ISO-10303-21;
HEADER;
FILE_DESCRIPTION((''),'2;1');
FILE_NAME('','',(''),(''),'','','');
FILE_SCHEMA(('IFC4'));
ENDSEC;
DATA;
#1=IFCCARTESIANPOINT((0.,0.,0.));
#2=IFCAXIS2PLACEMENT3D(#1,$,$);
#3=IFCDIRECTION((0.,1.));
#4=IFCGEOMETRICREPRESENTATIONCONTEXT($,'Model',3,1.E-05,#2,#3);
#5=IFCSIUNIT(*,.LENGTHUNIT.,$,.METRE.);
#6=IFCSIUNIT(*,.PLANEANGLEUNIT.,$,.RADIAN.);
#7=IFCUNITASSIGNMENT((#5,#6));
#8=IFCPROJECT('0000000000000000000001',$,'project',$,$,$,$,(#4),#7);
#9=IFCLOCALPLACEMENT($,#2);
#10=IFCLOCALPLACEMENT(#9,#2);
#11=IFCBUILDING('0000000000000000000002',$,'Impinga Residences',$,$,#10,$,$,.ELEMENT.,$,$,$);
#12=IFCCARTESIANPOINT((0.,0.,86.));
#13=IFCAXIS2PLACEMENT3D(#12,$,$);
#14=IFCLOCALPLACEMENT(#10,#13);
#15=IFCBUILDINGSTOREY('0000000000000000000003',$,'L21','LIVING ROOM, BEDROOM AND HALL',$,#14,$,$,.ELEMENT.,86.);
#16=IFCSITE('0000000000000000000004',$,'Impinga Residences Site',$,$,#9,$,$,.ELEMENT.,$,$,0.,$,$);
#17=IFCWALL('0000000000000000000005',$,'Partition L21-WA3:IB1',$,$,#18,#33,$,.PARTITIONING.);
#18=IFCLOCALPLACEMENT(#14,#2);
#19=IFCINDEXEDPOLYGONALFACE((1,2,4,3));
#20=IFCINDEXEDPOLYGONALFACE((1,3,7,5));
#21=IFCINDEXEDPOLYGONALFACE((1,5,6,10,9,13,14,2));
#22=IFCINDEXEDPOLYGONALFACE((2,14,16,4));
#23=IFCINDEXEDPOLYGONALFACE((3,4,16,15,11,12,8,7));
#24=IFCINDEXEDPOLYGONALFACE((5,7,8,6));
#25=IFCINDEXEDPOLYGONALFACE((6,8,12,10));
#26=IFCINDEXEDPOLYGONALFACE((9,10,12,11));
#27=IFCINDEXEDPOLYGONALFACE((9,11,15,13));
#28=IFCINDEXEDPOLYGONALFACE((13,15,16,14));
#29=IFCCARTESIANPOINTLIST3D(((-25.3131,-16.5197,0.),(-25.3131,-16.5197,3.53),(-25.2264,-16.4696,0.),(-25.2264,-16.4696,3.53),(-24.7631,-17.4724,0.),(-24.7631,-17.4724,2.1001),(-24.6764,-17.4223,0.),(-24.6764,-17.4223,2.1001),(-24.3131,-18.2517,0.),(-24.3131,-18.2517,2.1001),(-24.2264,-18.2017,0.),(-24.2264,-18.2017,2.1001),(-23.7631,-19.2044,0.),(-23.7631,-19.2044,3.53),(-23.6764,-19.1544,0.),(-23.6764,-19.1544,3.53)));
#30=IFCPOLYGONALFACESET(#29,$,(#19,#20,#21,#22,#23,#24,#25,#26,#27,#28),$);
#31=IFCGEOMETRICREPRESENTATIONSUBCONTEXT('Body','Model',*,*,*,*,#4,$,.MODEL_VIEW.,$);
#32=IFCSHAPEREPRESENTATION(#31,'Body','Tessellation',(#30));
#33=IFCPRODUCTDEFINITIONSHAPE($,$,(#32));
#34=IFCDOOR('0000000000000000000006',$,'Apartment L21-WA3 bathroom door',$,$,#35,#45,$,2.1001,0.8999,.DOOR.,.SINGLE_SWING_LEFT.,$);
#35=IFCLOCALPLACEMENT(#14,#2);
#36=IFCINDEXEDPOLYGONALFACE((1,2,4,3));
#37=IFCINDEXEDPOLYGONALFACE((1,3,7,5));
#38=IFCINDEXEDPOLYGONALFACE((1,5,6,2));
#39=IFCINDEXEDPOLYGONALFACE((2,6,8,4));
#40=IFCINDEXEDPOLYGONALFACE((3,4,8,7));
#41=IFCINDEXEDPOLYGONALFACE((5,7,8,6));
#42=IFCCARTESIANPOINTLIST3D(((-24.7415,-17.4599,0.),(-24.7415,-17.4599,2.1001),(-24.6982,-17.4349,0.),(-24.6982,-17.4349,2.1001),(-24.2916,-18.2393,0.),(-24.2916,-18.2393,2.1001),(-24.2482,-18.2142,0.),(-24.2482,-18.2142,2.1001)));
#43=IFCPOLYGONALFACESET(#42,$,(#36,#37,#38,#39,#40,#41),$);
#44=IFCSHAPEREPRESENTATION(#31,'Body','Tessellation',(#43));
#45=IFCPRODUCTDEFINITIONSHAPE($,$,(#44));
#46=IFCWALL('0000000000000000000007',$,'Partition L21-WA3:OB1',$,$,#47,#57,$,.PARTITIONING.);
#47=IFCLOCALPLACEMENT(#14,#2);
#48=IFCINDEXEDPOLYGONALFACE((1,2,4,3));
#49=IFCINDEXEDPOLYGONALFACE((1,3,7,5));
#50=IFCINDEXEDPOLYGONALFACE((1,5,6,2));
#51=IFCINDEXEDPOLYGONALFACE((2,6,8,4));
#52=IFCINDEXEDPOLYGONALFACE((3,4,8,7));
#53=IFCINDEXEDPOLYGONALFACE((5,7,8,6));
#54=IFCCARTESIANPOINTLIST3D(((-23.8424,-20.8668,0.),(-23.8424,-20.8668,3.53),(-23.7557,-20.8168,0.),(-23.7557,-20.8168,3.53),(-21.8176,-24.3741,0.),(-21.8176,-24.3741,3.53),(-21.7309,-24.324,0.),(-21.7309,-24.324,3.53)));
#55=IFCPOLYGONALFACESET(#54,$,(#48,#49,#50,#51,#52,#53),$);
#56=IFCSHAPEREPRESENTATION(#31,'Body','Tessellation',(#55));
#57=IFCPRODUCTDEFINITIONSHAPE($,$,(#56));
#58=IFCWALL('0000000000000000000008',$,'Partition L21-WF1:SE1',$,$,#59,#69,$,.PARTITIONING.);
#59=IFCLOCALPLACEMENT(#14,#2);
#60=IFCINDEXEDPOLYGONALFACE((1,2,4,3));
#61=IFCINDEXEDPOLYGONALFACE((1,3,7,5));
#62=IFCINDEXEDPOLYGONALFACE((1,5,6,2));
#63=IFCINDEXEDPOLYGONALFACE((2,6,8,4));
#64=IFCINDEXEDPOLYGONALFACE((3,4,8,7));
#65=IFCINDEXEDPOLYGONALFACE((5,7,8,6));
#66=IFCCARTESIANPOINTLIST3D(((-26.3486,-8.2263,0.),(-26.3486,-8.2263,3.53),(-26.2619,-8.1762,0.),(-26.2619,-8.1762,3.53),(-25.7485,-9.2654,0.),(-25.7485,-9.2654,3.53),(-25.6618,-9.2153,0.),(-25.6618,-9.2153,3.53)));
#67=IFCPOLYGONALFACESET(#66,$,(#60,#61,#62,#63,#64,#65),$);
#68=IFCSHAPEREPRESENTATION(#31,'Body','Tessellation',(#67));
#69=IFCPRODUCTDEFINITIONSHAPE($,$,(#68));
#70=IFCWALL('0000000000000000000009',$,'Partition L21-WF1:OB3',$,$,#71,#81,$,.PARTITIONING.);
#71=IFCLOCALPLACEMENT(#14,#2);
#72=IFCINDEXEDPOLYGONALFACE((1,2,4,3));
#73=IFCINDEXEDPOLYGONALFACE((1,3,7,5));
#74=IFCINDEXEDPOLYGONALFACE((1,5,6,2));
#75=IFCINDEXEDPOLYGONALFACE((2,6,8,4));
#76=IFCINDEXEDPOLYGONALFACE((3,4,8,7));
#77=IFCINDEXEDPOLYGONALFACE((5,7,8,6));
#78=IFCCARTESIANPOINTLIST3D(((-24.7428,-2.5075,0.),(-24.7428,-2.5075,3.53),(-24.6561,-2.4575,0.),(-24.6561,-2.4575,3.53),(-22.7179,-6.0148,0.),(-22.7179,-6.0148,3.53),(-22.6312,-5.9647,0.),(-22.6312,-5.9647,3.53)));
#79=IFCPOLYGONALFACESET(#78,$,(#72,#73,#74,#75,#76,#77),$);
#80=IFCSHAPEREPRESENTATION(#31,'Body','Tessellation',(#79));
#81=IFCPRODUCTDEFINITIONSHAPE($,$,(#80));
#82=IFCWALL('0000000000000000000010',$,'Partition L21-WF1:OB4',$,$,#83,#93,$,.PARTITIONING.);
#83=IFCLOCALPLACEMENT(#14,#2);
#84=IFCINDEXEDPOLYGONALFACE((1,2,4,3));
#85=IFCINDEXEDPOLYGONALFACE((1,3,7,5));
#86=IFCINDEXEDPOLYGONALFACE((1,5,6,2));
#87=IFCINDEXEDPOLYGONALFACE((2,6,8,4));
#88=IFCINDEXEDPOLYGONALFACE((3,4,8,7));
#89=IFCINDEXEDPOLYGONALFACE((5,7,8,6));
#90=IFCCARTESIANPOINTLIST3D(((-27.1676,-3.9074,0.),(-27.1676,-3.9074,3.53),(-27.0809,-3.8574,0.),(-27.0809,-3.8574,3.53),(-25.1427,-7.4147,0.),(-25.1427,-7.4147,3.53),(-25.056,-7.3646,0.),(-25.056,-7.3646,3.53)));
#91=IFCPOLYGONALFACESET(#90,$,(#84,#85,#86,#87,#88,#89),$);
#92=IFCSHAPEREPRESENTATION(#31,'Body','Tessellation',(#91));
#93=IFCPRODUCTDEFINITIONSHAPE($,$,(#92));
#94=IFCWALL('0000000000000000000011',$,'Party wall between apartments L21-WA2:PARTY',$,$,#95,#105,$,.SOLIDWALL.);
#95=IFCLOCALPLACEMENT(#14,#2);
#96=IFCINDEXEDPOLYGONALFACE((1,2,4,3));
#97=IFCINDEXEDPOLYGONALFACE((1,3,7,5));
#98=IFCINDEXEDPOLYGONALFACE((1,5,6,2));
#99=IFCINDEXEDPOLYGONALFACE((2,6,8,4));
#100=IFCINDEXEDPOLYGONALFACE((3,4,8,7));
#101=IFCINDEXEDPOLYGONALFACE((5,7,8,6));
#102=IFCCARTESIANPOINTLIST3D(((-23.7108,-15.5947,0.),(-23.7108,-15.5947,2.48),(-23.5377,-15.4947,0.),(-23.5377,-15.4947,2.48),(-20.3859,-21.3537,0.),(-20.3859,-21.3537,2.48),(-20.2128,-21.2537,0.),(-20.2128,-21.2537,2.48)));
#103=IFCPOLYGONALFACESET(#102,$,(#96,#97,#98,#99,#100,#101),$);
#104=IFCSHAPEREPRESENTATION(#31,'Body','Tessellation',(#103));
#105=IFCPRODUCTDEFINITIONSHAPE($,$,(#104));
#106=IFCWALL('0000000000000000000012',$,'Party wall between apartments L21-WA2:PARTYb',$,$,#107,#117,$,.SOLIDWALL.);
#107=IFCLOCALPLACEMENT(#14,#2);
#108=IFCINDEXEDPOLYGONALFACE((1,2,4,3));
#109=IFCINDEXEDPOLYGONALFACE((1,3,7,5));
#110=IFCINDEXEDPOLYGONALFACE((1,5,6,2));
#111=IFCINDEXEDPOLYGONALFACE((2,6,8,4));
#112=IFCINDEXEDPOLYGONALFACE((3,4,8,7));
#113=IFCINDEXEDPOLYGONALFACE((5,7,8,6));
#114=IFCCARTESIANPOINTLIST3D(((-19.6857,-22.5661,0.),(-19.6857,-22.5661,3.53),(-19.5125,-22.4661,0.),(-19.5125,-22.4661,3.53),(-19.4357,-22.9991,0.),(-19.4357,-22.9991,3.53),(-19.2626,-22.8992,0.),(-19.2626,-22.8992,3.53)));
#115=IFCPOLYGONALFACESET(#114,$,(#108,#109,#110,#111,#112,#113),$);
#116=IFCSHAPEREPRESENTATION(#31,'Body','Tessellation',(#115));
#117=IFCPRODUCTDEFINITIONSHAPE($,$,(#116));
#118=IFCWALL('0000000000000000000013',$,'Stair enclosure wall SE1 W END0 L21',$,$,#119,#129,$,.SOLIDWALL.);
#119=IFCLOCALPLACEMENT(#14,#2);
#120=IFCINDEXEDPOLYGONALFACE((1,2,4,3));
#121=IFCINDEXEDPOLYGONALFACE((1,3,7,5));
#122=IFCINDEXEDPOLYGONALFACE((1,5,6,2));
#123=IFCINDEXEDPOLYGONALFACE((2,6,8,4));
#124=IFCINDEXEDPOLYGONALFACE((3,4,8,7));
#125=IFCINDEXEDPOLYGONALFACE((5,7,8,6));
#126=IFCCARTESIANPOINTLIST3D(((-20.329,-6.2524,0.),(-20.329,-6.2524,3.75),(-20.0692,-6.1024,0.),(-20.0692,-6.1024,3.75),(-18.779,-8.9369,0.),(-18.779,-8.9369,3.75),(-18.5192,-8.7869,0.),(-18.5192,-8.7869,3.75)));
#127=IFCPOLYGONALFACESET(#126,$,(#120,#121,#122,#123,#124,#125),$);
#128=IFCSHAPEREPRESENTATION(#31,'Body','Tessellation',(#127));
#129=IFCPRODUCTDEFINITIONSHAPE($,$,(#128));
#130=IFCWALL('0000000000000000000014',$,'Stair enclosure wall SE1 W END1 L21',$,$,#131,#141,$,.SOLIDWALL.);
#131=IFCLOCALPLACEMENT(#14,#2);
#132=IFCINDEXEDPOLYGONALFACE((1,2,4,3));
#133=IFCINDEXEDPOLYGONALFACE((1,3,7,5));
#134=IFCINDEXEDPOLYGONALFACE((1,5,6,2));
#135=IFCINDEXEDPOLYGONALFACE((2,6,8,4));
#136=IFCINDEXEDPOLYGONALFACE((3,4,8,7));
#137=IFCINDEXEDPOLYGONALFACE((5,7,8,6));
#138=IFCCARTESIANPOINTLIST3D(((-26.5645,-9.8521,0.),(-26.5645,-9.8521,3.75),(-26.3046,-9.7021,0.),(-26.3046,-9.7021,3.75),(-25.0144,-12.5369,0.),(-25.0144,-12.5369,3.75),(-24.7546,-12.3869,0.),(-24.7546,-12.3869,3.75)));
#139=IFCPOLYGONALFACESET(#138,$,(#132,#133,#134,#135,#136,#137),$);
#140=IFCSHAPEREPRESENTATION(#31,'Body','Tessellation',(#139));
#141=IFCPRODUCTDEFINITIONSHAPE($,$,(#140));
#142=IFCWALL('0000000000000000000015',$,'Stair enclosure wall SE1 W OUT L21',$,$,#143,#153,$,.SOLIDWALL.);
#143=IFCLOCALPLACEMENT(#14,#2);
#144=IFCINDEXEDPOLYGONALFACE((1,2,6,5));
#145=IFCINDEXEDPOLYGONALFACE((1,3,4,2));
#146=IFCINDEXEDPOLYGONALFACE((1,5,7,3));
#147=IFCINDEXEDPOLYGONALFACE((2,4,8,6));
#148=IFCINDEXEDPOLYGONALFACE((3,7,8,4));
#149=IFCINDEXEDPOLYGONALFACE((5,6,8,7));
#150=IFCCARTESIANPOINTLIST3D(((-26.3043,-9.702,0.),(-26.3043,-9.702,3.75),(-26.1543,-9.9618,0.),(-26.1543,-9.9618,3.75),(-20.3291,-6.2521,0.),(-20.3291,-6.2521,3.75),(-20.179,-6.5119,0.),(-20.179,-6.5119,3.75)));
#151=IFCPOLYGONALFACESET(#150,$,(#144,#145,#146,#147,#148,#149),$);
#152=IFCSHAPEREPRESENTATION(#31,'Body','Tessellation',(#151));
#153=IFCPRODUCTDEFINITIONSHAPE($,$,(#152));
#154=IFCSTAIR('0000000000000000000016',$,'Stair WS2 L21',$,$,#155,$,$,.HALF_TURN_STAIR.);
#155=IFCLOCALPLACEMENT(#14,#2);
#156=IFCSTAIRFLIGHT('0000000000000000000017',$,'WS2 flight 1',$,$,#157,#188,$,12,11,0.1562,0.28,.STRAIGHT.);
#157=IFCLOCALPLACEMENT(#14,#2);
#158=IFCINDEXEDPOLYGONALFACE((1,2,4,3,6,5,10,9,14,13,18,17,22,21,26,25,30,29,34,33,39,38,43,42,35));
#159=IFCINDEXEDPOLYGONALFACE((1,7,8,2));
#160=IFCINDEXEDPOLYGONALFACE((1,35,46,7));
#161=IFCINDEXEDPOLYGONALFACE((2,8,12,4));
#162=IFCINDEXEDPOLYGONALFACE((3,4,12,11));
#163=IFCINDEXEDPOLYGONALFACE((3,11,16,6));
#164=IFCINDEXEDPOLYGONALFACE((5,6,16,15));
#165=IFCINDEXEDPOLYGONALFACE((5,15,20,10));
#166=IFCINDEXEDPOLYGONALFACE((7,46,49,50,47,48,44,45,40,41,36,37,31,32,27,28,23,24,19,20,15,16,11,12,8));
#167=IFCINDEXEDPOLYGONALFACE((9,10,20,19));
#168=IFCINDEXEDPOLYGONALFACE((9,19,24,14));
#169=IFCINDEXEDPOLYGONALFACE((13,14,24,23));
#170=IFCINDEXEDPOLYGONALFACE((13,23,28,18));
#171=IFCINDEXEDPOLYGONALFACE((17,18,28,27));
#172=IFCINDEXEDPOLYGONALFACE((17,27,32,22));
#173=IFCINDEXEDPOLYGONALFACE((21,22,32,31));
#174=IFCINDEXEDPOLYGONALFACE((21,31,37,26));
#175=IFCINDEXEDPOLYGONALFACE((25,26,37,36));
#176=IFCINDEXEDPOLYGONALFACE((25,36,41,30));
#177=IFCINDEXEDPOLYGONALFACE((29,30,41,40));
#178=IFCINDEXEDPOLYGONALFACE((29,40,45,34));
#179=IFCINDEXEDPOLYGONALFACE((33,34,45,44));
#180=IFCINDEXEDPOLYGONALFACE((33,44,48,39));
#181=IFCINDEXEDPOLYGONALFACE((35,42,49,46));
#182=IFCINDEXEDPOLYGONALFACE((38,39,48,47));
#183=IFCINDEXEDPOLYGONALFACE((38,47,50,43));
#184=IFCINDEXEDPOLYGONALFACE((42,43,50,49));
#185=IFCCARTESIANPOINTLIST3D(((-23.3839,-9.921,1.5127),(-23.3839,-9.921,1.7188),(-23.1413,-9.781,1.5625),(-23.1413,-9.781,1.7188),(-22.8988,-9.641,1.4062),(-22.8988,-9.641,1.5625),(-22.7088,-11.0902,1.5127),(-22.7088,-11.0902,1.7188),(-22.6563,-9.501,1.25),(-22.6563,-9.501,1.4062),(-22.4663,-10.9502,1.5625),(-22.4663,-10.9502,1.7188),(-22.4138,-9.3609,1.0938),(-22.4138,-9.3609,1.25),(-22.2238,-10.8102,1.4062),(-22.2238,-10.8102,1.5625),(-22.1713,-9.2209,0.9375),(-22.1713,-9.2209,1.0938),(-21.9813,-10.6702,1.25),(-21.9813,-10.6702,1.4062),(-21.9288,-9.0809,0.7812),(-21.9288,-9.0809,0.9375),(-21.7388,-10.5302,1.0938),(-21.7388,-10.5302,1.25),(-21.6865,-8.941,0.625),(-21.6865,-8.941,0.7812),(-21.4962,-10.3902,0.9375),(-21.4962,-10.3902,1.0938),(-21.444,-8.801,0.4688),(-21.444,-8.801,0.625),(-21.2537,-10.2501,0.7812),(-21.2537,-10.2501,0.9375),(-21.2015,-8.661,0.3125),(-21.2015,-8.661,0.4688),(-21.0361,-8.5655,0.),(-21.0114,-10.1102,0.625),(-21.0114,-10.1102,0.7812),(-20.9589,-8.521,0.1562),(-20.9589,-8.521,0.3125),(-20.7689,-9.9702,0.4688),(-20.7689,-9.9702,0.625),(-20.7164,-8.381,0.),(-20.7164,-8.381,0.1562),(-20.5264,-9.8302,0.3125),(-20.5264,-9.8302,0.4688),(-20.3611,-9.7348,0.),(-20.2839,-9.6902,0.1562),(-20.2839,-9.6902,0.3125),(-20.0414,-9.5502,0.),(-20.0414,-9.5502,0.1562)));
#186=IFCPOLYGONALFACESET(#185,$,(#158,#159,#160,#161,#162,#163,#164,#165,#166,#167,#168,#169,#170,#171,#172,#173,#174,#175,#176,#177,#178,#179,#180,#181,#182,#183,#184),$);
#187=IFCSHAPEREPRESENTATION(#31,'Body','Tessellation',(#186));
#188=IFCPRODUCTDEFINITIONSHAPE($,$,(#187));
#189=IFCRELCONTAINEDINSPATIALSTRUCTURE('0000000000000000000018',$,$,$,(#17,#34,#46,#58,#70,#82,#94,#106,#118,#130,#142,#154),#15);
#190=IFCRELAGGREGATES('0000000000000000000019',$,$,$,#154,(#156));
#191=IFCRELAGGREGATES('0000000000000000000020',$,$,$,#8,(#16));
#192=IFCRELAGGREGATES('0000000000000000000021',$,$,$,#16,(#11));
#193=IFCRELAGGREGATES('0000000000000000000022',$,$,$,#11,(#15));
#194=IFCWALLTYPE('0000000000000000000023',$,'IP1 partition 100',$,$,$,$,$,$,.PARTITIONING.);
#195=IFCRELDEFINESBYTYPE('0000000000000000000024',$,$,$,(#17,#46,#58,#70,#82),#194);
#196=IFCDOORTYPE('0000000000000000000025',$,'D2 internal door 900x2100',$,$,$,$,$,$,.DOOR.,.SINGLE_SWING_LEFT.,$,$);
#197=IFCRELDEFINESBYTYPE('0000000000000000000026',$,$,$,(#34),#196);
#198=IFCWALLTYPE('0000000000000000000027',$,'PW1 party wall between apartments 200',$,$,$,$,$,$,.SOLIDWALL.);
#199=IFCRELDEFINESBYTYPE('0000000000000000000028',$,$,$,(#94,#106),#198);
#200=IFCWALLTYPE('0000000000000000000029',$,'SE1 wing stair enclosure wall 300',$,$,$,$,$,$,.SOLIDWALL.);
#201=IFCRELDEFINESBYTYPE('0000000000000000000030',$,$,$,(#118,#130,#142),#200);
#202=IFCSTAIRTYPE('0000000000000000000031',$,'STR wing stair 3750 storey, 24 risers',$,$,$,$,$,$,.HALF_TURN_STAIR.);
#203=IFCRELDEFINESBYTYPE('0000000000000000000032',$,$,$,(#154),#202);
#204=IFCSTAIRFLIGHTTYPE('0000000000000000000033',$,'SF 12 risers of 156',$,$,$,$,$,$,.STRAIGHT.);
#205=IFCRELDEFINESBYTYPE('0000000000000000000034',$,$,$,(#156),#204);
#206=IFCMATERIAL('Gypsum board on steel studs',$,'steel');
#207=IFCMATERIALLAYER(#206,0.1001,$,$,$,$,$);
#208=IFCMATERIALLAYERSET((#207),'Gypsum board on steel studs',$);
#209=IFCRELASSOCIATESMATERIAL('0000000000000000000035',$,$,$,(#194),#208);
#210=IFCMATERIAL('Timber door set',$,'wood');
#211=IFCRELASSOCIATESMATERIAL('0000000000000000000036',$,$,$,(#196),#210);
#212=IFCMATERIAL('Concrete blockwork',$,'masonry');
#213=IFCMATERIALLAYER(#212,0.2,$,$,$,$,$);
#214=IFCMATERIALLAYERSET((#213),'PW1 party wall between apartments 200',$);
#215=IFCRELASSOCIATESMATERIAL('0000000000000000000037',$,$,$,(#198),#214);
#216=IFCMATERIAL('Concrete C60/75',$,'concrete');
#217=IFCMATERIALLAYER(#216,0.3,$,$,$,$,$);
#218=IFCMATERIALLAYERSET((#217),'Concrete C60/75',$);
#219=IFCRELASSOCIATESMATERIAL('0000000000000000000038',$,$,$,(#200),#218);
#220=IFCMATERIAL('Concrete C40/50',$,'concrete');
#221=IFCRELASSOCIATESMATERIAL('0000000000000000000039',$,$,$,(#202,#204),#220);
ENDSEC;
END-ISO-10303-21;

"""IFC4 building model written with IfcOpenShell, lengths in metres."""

from ifc_helpers import new_model, si_unit, direction, frame, frame_2d, origin, place, context, subcontext, project, spatial, polyline, rectangle, outline, extrude, material, layer, layer_set, type_object, element, fill, aggregate, save


model = new_model("IFC4")

# Units and contexts
model_context = context("Model", 3, precision=1e-05, world=origin(), true_north=direction((0.0, 1.0)))
body_context = subcontext(model_context, "Body", "Model", "MODEL_VIEW")
ifc_project = project(units=[si_unit("LENGTHUNIT", "METRE"), si_unit("PLANEANGLEUNIT", "RADIAN")], contexts=[model_context])

# Site, building, storey
site_placement = place(None, origin())
site = spatial("IfcSite", under=ifc_project, at=site_placement, Name="Impinga Residences Site", CompositionType="ELEMENT", RefElevation=0.0)
building_placement = place(site_placement, origin())
building = spatial("IfcBuilding", under=site, at=building_placement, Name="Impinga Residences", CompositionType="ELEMENT")
storey_placement = place(building_placement, frame((0.0, 0.0, 86.0)))
storey = spatial("IfcBuildingStorey", under=building, at=storey_placement, Name="L21", Description="LIVING ROOM, BEDROOM AND HALL", CompositionType="ELEMENT", Elevation=86.0)

# Shared definitions
ifc_material_1 = material(Name="Concrete C60/75", Category="concrete")

# Shared definitions
ifc_material_2 = material(Name="Gypsum board on steel studs", Category="steel")
ifc_layer_1 = layer(ifc_material_2, 0.1001)
ifc_layer_set_1 = layer_set([ifc_layer_1], Name="Gypsum board on steel studs")
wall_type_1 = type_object("IfcWallType", Name="IP1 partition 100", PredefinedType="PARTITIONING", material=ifc_layer_set_1)

# Shared definitions
ifc_material_3 = material(Name="Timber door set", Category="wood")
door_type = type_object("IfcDoorType", Name="D2 internal door 900x2100", OperationType="SINGLE_SWING_LEFT", PredefinedType="DOOR", material=ifc_material_3)

# Wall, opening, door
wall_1_placement = place(storey_placement, frame((-25.2698, -16.4946, 0.0), z_axis=(0.0, 0.0, 1.0), x_axis=(0.499993, -0.86603, 0.0)))
wall_1 = element("IfcWall", 1, at=wall_1_placement, inside=storey, type_object=wall_type_1, Name="Partition L21-WA3:IB1", PredefinedType="PARTITIONING", context=body_context, shape_type="SweptSolid", body=[
    extrude(rectangle(XDim=3.1001, YDim=0.1001, at=frame_2d((1.55, 0.0))), origin(), (0.0, 0.0, 1.0), 3.53),
])
opening_1_placement = place(wall_1_placement, frame((1.1001, 0.0, 0.0)))
opening_1 = element("IfcOpeningElement", 2, at=opening_1_placement, cuts=wall_1, PredefinedType="OPENING", context=body_context, shape_type="SweptSolid", body=[
    extrude(rectangle(XDim=0.8999, YDim=2.1001, at=frame_2d((0.45, 1.05))), frame((0.0, 0.0601, 0.0), z_axis=(0.0, -1.0, 0.0), x_axis=(1.0, 0.0, 0.0)), (0.0, 0.0, 1.0), 0.1201),
])
door_1_placement = place(opening_1_placement, origin())
door_1 = element("IfcDoor", 3, at=door_1_placement, inside=storey, type_object=door_type, Name="Apartment L21-WA3 bathroom door", OperationType="SINGLE_SWING_LEFT", OverallHeight=2.1001, OverallWidth=0.8999, PredefinedType="DOOR", context=body_context, shape_type="SweptSolid", body=[
    extrude(rectangle(XDim=0.8999, YDim=2.1001, at=frame_2d((0.45, 1.05))), frame((0.0, 0.0249, 0.0), z_axis=(0.0, -1.0, 0.0), x_axis=(1.0, 0.0, 0.0)), (0.0, 0.0, 1.0), 0.05),
])
fill(opening_1, door_1)

# Walls
wall_2_placement = place(storey_placement, frame((-23.7991, -20.8418, 0.0), z_axis=(0.0, 0.0, 1.0), x_axis=(0.49999, -0.866031, 0.0)))
element("IfcWall", 4, at=wall_2_placement, inside=storey, type_object=wall_type_1, Name="Partition L21-WA3:OB1", PredefinedType="PARTITIONING", context=body_context, shape_type="SweptSolid", body=[
    extrude(rectangle(XDim=4.0498, YDim=0.1001, at=frame_2d((2.0249, 0.0))), origin(), (0.0, 0.0, 1.0), 3.53),
])
wall_3_placement = place(storey_placement, frame((-25.7051, -9.2405, 0.0), z_axis=(0.0, 0.0, 1.0), x_axis=(-0.500122, 0.865955, 0.0)))
element("IfcWall", 5, at=wall_3_placement, inside=storey, type_object=wall_type_1, Name="Partition L21-WF1:SE1", PredefinedType="PARTITIONING", context=body_context, shape_type="SweptSolid", body=[
    extrude(rectangle(XDim=1.2, YDim=0.1001, at=frame_2d((0.6001, 0.0))), origin(), (0.0, 0.0, 1.0), 3.53),
])
for number, where, z_axis, x_axis, name in (
    (6, (-22.6746, -5.9897, 0.0), (0.0, 0.0, 1.0), (-0.49999, 0.866031, 0.0), "Partition L21-WF1:OB3"),
    (7, (-25.0994, -7.3896, 0.0), (0.0, 0.0, 1.0), (-0.49999, 0.866031, 0.0), "Partition L21-WF1:OB4"),
):
    element("IfcWall", number, at=place(storey_placement, frame(where, z_axis=z_axis, x_axis=x_axis)), inside=storey, type_object=wall_type_1, Name=name, PredefinedType="PARTITIONING", context=body_context, shape_type="SweptSolid", body=[
        extrude(rectangle(XDim=4.0498, YDim=0.1001, at=frame_2d((2.0249, 0.0))), origin(), (0.0, 0.0, 1.0), 3.53),
    ])
ifc_material_4 = material(Name="Concrete blockwork", Category="masonry")
ifc_layer_2 = layer(ifc_material_4, 0.2)
ifc_layer_set_2 = layer_set([ifc_layer_2], Name="PW1 party wall between apartments 200")
wall_type_2 = type_object("IfcWallType", Name="PW1 party wall between apartments 200", PredefinedType="SOLIDWALL", material=ifc_layer_set_2)
wall_4_placement = place(storey_placement, frame((-23.6243, -15.5447, 0.0), z_axis=(0.0, 0.0, 1.0), x_axis=(0.499997, -0.866027, 0.0)))
element("IfcWall", 8, at=wall_4_placement, inside=storey, type_object=wall_type_2, Name="Party wall between apartments L21-WA2:PARTY", PredefinedType="SOLIDWALL", context=body_context, shape_type="SweptSolid", body=[
    extrude(rectangle(XDim=6.6499, YDim=0.2, at=frame_2d((3.325, 0.0))), origin(), (0.0, 0.0, 1.0), 2.48),
])
wall_5_placement = place(storey_placement, frame((-19.5991, -22.5161, 0.0), z_axis=(0.0, 0.0, 1.0), x_axis=(0.49992, -0.866072, 0.0)))
element("IfcWall", 9, at=wall_5_placement, inside=storey, type_object=wall_type_2, Name="Party wall between apartments L21-WA2:PARTYb", PredefinedType="SOLIDWALL", context=body_context, shape_type="SweptSolid", body=[
    extrude(rectangle(XDim=0.5, YDim=0.2, at=frame_2d((0.25, 0.0))), origin(), (0.0, 0.0, 1.0), 3.53),
])
ifc_layer_3 = layer(ifc_material_1, 0.3)
ifc_layer_set_3 = layer_set([ifc_layer_3], Name="Concrete C60/75")
wall_type_3 = type_object("IfcWallType", Name="SE1 wing stair enclosure wall 300", PredefinedType="SOLIDWALL", material=ifc_layer_set_3)
wall_6_placement = place(storey_placement, frame((-18.6492, -8.8618, 0.0), z_axis=(0.0, 0.0, 1.0), x_axis=(-0.500027, 0.86601, 0.0)))
element("IfcWall", 10, at=wall_6_placement, inside=storey, type_object=wall_type_3, Name="Stair enclosure wall SE1 W END0 L21", PredefinedType="SOLIDWALL", context=body_context, shape_type="SweptSolid", body=[
    extrude(rectangle(XDim=3.0999, YDim=0.3, at=frame_2d((1.5498, 0.0))), origin(), (0.0, 0.0, 1.0), 3.75),
])
wall_7_placement = place(storey_placement, frame((-24.8845, -12.4619, 0.0), z_axis=(0.0, 0.0, 1.0), x_axis=(-0.499993, 0.86603, 0.0)))
element("IfcWall", 11, at=wall_7_placement, inside=storey, type_object=wall_type_3, Name="Stair enclosure wall SE1 W END1 L21", PredefinedType="SOLIDWALL", context=body_context, shape_type="SweptSolid", body=[
    extrude(rectangle(XDim=3.1001, YDim=0.3, at=frame_2d((1.55, 0.0))), origin(), (0.0, 0.0, 1.0), 3.75),
])
wall_8_placement = place(storey_placement, frame((-20.2542, -6.3821, 0.0), z_axis=(0.0, 0.0, 1.0), x_axis=(-0.86602, -0.500009, 0.0)))
element("IfcWall", 12, at=wall_8_placement, inside=storey, type_object=wall_type_3, Name="Stair enclosure wall SE1 W OUT L21", PredefinedType="SOLIDWALL", context=body_context, shape_type="SweptSolid", body=[
    extrude(rectangle(XDim=6.8997, YDim=0.3, at=frame_2d((3.4497, 0.0))), origin(), (0.0, 0.0, 1.0), 3.75),
])

# Stair, stair flight
ifc_material_5 = material(Name="Concrete C40/50", Category="concrete")
stair_type = type_object("IfcStairType", Name="STR wing stair 3750 storey, 24 risers", PredefinedType="HALF_TURN_STAIR", material=ifc_material_5)
stair_placement = place(storey_placement, origin())
stair = element("IfcStair", 13, at=stair_placement, inside=storey, type_object=stair_type, Name="Stair WS2 L21", PredefinedType="HALF_TURN_STAIR")
stair_flight_type = type_object("IfcStairFlightType", Name="SF 12 risers of 156", PredefinedType="STRAIGHT", material=ifc_material_5)
stair_flight_1_placement = place(storey_placement, frame((-20.3789, -8.9656, 0.0), z_axis=(0.0, 0.0, 1.0), x_axis=(-0.866025, -0.5, 0.0)))
stair_flight_1 = element("IfcStairFlight", 14, at=stair_flight_1_placement, type_object=stair_flight_type, Name="WS2 flight 1", NumberOfRisers=12, NumberOfTreads=11, PredefinedType="STRAIGHT", RiserHeight=0.1562, TreadLength=0.28, context=body_context, shape_type="SweptSolid", body=[
    extrude(outline(polyline([(0.0, 0.0), (0.0, 0.1562), (0.28, 0.1562), (0.28, 0.3125), (0.5601, 0.3125), (0.5601, 0.4688), (0.8401, 0.4688), (0.8401, 0.625), (1.1201, 0.625), (1.1201, 0.7812), (1.3999, 0.7812), (1.3999, 0.9375), (1.6799, 0.9375), (1.6799, 1.0938), (1.96, 1.0938), (1.96, 1.25), (2.24, 1.25), (2.24, 1.4062), (2.52, 1.4062), (2.52, 1.5625), (2.8, 1.5625), (2.8, 1.7188), (3.0801, 1.7188), (3.0801, 1.875), (3.0801, 1.5127), (0.3691, 0.0), (0.0, 0.0)])), frame((0.0, 0.675, 0.0), z_axis=(0.0, -1.0, 0.0), x_axis=(1.0, 0.0, 0.0)), (0.0, 0.0, 1.0), 1.3501),
])
aggregate(stair, [stair_flight_1])

save(model, "model.ifc")
